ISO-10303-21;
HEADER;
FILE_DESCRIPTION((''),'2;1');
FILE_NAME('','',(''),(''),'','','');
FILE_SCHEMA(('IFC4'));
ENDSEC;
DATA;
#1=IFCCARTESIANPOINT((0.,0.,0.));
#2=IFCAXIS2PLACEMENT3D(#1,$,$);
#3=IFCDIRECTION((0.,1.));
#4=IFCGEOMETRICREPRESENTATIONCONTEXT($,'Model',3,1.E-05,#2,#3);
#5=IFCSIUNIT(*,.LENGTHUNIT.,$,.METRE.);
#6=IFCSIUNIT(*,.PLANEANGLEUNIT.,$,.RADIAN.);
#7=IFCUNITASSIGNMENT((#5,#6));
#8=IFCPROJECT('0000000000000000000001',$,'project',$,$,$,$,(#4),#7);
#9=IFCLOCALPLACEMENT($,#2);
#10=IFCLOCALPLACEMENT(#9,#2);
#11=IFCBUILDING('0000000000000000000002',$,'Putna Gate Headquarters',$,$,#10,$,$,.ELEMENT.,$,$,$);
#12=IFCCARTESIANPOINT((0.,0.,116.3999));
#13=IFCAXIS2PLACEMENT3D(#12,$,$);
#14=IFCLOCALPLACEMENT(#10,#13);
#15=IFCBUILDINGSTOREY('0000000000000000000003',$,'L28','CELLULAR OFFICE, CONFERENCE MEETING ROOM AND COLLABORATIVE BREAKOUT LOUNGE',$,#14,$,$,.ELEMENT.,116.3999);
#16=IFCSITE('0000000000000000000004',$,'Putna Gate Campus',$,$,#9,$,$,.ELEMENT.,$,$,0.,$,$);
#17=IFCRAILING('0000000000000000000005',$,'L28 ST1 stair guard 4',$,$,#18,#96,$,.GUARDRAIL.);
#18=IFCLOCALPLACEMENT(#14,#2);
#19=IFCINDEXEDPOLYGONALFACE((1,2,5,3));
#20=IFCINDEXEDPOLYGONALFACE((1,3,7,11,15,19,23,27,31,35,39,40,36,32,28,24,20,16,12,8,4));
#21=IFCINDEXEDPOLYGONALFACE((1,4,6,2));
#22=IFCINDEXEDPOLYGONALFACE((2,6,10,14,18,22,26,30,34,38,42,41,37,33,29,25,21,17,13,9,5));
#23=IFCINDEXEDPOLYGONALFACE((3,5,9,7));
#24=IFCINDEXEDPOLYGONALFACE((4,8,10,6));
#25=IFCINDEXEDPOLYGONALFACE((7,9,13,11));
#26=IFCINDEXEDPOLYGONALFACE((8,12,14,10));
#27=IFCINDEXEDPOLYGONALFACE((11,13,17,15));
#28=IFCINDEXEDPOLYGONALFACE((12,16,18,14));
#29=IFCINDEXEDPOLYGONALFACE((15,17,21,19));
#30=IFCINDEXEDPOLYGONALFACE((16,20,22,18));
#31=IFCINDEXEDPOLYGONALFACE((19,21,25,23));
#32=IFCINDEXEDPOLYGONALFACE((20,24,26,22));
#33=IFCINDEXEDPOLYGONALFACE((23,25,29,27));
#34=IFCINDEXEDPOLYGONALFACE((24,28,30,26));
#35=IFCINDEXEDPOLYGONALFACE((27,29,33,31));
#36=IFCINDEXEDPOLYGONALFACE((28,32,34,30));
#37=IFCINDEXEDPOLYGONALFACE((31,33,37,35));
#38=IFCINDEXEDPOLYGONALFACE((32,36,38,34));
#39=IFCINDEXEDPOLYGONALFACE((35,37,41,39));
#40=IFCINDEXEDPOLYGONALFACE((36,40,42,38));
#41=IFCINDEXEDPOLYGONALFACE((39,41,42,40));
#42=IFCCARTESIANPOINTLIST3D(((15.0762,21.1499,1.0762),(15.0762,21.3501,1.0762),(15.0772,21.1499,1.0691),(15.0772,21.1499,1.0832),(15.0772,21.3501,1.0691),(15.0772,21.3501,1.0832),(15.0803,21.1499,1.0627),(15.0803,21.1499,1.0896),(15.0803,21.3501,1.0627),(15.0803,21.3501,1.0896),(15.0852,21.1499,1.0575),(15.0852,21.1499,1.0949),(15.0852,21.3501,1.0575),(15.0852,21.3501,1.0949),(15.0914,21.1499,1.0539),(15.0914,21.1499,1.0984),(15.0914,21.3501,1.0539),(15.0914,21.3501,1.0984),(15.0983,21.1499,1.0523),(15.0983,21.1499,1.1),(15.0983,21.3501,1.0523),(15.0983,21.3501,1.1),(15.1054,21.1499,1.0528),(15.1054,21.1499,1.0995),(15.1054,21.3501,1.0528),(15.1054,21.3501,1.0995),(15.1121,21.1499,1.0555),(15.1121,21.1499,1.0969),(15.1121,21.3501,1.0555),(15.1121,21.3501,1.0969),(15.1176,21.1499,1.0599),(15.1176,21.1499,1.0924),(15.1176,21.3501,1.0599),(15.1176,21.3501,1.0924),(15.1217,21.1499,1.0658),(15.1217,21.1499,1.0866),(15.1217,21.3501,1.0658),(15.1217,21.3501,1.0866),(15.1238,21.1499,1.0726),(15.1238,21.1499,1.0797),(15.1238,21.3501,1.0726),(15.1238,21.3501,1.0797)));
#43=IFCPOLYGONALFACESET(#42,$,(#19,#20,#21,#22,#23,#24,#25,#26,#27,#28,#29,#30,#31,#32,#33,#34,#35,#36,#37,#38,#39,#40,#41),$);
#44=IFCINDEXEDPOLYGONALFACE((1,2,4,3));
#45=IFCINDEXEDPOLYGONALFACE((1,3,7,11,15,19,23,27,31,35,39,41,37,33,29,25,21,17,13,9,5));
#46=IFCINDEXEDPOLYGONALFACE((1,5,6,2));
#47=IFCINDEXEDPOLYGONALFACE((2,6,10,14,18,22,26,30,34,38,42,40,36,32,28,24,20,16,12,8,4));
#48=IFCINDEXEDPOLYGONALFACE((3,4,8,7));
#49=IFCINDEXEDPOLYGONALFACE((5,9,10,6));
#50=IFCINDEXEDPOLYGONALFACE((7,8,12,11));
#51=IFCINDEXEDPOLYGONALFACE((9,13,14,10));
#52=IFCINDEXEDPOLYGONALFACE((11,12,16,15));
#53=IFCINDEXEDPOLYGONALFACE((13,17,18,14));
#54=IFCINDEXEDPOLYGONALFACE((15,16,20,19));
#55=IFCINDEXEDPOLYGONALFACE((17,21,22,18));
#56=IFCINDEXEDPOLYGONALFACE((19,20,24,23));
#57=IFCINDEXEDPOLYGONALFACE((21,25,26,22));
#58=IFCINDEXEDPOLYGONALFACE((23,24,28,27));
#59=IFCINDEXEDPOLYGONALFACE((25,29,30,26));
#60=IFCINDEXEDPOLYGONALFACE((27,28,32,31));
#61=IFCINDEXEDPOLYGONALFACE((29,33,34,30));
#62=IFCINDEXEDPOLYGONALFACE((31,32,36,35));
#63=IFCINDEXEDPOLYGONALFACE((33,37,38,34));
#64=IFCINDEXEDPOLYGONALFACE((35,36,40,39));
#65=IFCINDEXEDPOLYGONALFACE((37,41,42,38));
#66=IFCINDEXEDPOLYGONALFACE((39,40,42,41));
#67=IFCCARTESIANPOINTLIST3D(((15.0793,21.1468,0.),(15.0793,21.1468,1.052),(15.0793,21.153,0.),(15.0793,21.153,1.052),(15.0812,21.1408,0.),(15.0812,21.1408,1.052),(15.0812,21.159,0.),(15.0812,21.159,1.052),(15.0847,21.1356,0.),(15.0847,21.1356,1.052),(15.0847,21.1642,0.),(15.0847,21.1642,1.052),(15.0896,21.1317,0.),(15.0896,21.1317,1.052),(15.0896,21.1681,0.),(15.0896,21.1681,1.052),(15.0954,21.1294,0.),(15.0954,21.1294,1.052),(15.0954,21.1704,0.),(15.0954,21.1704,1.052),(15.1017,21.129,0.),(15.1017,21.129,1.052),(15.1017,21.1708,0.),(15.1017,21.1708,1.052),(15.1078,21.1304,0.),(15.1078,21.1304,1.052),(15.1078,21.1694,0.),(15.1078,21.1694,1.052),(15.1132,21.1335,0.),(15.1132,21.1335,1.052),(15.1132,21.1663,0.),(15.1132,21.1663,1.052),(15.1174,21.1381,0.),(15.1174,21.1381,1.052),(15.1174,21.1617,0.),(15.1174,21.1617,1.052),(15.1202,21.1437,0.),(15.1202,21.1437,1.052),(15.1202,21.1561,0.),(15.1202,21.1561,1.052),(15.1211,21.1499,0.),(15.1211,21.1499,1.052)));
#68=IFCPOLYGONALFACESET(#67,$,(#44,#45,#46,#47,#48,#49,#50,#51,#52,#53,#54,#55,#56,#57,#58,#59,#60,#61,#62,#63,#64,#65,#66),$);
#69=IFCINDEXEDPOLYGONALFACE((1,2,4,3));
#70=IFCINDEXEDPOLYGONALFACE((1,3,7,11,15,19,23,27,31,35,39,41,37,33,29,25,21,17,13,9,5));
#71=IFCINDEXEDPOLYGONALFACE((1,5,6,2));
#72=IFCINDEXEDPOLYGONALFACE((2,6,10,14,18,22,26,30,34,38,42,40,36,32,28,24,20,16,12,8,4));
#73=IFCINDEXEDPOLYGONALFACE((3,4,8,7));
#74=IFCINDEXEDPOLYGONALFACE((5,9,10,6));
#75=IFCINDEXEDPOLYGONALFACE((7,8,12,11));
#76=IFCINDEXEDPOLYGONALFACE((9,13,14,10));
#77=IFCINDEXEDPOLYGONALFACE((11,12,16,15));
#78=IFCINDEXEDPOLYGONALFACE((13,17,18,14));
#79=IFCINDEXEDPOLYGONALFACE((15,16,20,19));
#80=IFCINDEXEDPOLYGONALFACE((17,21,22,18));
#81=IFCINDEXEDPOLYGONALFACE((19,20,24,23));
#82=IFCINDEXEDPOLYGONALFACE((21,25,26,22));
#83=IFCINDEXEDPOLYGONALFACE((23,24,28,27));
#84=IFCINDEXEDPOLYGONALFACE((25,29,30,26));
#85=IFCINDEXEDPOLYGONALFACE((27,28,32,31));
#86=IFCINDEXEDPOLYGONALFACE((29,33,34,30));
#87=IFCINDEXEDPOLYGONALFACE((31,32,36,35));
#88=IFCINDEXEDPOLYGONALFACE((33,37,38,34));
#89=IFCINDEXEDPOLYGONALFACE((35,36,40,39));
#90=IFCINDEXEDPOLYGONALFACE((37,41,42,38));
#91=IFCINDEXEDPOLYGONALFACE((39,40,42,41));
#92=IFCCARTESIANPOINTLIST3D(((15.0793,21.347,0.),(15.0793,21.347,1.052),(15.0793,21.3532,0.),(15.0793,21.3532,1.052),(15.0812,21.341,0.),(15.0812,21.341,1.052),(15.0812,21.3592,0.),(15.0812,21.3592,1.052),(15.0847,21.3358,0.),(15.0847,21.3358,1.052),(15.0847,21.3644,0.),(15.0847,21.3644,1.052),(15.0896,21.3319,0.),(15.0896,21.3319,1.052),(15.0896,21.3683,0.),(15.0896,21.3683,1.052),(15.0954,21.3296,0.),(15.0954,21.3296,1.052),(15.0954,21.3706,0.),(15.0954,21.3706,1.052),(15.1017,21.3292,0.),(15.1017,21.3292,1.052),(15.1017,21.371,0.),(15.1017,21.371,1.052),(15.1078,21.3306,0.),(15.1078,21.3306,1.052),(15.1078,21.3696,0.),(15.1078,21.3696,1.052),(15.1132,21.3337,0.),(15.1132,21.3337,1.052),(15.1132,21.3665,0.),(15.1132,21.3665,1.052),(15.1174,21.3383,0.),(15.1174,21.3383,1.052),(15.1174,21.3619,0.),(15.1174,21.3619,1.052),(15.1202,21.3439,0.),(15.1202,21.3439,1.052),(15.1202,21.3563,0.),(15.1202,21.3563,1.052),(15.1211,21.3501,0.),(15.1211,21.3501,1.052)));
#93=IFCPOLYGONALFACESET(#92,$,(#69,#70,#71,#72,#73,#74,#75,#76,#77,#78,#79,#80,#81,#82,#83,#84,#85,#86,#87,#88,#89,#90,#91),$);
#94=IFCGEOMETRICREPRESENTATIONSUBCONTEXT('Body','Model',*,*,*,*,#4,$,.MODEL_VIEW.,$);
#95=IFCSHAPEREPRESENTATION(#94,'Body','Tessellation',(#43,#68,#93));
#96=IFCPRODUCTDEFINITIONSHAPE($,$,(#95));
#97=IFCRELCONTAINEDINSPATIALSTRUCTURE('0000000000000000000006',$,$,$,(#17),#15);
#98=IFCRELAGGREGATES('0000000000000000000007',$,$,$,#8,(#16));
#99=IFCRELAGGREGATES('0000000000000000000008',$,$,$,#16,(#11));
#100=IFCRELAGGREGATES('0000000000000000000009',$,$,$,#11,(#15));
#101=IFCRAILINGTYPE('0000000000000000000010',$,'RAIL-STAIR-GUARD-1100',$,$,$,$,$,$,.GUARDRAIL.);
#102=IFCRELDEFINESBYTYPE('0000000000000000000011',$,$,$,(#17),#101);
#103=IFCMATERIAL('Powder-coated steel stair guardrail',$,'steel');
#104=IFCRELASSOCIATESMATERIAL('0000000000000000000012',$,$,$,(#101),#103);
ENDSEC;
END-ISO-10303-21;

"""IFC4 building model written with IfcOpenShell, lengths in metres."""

from ifc_helpers import new_model, si_unit, direction, frame, origin, origin_2d, place, context, subcontext, project, spatial, circle, extrude, material, type_object, element, save


model = new_model("IFC4")

# Units and contexts
model_context = context("Model", 3, precision=1e-05, world=origin(), true_north=direction((0.0, 1.0)))
body_context = subcontext(model_context, "Body", "Model", "MODEL_VIEW")
ifc_project = project(units=[si_unit("LENGTHUNIT", "METRE"), si_unit("PLANEANGLEUNIT", "RADIAN")], contexts=[model_context])

# Site, building, storey
site_placement = place(None, origin())
site = spatial("IfcSite", under=ifc_project, at=site_placement, Name="Putna Gate Campus", CompositionType="ELEMENT", RefElevation=0.0)
building_placement = place(site_placement, origin())
building = spatial("IfcBuilding", under=site, at=building_placement, Name="Putna Gate Headquarters", CompositionType="ELEMENT")
storey_placement = place(building_placement, frame((0.0, 0.0, 116.3999)))
storey = spatial("IfcBuildingStorey", under=building, at=storey_placement, Name="L28", Description="CELLULAR OFFICE, CONFERENCE MEETING ROOM AND COLLABORATIVE BREAKOUT LOUNGE", CompositionType="ELEMENT", Elevation=116.3999)

# Railing
ifc_material_1 = material(Name="Powder-coated steel stair guardrail", Category="steel")
railing_type_1 = type_object("IfcRailingType", Name="RAIL-STAIR-GUARD-1100", PredefinedType="GUARDRAIL", material=ifc_material_1)
railing_1_placement = place(storey_placement, frame((15.1001, 21.1499, 0.0)))
element("IfcRailing", 1, at=railing_1_placement, inside=storey, type_object=railing_type_1, Name="L28 ST1 stair guard 4", PredefinedType="GUARDRAIL", context=body_context, shape_type="SweptSolid", body=[
    extrude(circle(Radius=0.0239, at=origin_2d()), frame((0.0, 0.0, 1.0762), z_axis=(0.0, 1.0, 0.0), x_axis=(-1.0, 0.0, 0.0)), (0.0, 0.0, 1.0), 0.2002),
    extrude(circle(Radius=0.021, at=origin_2d()), origin(), (0.0, 0.0, 1.0), 1.052),
    extrude(circle(Radius=0.021, at=origin_2d()), frame((0.0, 0.2002, 0.0)), (0.0, 0.0, 1.0), 1.052),
])

save(model, "model.ifc")
